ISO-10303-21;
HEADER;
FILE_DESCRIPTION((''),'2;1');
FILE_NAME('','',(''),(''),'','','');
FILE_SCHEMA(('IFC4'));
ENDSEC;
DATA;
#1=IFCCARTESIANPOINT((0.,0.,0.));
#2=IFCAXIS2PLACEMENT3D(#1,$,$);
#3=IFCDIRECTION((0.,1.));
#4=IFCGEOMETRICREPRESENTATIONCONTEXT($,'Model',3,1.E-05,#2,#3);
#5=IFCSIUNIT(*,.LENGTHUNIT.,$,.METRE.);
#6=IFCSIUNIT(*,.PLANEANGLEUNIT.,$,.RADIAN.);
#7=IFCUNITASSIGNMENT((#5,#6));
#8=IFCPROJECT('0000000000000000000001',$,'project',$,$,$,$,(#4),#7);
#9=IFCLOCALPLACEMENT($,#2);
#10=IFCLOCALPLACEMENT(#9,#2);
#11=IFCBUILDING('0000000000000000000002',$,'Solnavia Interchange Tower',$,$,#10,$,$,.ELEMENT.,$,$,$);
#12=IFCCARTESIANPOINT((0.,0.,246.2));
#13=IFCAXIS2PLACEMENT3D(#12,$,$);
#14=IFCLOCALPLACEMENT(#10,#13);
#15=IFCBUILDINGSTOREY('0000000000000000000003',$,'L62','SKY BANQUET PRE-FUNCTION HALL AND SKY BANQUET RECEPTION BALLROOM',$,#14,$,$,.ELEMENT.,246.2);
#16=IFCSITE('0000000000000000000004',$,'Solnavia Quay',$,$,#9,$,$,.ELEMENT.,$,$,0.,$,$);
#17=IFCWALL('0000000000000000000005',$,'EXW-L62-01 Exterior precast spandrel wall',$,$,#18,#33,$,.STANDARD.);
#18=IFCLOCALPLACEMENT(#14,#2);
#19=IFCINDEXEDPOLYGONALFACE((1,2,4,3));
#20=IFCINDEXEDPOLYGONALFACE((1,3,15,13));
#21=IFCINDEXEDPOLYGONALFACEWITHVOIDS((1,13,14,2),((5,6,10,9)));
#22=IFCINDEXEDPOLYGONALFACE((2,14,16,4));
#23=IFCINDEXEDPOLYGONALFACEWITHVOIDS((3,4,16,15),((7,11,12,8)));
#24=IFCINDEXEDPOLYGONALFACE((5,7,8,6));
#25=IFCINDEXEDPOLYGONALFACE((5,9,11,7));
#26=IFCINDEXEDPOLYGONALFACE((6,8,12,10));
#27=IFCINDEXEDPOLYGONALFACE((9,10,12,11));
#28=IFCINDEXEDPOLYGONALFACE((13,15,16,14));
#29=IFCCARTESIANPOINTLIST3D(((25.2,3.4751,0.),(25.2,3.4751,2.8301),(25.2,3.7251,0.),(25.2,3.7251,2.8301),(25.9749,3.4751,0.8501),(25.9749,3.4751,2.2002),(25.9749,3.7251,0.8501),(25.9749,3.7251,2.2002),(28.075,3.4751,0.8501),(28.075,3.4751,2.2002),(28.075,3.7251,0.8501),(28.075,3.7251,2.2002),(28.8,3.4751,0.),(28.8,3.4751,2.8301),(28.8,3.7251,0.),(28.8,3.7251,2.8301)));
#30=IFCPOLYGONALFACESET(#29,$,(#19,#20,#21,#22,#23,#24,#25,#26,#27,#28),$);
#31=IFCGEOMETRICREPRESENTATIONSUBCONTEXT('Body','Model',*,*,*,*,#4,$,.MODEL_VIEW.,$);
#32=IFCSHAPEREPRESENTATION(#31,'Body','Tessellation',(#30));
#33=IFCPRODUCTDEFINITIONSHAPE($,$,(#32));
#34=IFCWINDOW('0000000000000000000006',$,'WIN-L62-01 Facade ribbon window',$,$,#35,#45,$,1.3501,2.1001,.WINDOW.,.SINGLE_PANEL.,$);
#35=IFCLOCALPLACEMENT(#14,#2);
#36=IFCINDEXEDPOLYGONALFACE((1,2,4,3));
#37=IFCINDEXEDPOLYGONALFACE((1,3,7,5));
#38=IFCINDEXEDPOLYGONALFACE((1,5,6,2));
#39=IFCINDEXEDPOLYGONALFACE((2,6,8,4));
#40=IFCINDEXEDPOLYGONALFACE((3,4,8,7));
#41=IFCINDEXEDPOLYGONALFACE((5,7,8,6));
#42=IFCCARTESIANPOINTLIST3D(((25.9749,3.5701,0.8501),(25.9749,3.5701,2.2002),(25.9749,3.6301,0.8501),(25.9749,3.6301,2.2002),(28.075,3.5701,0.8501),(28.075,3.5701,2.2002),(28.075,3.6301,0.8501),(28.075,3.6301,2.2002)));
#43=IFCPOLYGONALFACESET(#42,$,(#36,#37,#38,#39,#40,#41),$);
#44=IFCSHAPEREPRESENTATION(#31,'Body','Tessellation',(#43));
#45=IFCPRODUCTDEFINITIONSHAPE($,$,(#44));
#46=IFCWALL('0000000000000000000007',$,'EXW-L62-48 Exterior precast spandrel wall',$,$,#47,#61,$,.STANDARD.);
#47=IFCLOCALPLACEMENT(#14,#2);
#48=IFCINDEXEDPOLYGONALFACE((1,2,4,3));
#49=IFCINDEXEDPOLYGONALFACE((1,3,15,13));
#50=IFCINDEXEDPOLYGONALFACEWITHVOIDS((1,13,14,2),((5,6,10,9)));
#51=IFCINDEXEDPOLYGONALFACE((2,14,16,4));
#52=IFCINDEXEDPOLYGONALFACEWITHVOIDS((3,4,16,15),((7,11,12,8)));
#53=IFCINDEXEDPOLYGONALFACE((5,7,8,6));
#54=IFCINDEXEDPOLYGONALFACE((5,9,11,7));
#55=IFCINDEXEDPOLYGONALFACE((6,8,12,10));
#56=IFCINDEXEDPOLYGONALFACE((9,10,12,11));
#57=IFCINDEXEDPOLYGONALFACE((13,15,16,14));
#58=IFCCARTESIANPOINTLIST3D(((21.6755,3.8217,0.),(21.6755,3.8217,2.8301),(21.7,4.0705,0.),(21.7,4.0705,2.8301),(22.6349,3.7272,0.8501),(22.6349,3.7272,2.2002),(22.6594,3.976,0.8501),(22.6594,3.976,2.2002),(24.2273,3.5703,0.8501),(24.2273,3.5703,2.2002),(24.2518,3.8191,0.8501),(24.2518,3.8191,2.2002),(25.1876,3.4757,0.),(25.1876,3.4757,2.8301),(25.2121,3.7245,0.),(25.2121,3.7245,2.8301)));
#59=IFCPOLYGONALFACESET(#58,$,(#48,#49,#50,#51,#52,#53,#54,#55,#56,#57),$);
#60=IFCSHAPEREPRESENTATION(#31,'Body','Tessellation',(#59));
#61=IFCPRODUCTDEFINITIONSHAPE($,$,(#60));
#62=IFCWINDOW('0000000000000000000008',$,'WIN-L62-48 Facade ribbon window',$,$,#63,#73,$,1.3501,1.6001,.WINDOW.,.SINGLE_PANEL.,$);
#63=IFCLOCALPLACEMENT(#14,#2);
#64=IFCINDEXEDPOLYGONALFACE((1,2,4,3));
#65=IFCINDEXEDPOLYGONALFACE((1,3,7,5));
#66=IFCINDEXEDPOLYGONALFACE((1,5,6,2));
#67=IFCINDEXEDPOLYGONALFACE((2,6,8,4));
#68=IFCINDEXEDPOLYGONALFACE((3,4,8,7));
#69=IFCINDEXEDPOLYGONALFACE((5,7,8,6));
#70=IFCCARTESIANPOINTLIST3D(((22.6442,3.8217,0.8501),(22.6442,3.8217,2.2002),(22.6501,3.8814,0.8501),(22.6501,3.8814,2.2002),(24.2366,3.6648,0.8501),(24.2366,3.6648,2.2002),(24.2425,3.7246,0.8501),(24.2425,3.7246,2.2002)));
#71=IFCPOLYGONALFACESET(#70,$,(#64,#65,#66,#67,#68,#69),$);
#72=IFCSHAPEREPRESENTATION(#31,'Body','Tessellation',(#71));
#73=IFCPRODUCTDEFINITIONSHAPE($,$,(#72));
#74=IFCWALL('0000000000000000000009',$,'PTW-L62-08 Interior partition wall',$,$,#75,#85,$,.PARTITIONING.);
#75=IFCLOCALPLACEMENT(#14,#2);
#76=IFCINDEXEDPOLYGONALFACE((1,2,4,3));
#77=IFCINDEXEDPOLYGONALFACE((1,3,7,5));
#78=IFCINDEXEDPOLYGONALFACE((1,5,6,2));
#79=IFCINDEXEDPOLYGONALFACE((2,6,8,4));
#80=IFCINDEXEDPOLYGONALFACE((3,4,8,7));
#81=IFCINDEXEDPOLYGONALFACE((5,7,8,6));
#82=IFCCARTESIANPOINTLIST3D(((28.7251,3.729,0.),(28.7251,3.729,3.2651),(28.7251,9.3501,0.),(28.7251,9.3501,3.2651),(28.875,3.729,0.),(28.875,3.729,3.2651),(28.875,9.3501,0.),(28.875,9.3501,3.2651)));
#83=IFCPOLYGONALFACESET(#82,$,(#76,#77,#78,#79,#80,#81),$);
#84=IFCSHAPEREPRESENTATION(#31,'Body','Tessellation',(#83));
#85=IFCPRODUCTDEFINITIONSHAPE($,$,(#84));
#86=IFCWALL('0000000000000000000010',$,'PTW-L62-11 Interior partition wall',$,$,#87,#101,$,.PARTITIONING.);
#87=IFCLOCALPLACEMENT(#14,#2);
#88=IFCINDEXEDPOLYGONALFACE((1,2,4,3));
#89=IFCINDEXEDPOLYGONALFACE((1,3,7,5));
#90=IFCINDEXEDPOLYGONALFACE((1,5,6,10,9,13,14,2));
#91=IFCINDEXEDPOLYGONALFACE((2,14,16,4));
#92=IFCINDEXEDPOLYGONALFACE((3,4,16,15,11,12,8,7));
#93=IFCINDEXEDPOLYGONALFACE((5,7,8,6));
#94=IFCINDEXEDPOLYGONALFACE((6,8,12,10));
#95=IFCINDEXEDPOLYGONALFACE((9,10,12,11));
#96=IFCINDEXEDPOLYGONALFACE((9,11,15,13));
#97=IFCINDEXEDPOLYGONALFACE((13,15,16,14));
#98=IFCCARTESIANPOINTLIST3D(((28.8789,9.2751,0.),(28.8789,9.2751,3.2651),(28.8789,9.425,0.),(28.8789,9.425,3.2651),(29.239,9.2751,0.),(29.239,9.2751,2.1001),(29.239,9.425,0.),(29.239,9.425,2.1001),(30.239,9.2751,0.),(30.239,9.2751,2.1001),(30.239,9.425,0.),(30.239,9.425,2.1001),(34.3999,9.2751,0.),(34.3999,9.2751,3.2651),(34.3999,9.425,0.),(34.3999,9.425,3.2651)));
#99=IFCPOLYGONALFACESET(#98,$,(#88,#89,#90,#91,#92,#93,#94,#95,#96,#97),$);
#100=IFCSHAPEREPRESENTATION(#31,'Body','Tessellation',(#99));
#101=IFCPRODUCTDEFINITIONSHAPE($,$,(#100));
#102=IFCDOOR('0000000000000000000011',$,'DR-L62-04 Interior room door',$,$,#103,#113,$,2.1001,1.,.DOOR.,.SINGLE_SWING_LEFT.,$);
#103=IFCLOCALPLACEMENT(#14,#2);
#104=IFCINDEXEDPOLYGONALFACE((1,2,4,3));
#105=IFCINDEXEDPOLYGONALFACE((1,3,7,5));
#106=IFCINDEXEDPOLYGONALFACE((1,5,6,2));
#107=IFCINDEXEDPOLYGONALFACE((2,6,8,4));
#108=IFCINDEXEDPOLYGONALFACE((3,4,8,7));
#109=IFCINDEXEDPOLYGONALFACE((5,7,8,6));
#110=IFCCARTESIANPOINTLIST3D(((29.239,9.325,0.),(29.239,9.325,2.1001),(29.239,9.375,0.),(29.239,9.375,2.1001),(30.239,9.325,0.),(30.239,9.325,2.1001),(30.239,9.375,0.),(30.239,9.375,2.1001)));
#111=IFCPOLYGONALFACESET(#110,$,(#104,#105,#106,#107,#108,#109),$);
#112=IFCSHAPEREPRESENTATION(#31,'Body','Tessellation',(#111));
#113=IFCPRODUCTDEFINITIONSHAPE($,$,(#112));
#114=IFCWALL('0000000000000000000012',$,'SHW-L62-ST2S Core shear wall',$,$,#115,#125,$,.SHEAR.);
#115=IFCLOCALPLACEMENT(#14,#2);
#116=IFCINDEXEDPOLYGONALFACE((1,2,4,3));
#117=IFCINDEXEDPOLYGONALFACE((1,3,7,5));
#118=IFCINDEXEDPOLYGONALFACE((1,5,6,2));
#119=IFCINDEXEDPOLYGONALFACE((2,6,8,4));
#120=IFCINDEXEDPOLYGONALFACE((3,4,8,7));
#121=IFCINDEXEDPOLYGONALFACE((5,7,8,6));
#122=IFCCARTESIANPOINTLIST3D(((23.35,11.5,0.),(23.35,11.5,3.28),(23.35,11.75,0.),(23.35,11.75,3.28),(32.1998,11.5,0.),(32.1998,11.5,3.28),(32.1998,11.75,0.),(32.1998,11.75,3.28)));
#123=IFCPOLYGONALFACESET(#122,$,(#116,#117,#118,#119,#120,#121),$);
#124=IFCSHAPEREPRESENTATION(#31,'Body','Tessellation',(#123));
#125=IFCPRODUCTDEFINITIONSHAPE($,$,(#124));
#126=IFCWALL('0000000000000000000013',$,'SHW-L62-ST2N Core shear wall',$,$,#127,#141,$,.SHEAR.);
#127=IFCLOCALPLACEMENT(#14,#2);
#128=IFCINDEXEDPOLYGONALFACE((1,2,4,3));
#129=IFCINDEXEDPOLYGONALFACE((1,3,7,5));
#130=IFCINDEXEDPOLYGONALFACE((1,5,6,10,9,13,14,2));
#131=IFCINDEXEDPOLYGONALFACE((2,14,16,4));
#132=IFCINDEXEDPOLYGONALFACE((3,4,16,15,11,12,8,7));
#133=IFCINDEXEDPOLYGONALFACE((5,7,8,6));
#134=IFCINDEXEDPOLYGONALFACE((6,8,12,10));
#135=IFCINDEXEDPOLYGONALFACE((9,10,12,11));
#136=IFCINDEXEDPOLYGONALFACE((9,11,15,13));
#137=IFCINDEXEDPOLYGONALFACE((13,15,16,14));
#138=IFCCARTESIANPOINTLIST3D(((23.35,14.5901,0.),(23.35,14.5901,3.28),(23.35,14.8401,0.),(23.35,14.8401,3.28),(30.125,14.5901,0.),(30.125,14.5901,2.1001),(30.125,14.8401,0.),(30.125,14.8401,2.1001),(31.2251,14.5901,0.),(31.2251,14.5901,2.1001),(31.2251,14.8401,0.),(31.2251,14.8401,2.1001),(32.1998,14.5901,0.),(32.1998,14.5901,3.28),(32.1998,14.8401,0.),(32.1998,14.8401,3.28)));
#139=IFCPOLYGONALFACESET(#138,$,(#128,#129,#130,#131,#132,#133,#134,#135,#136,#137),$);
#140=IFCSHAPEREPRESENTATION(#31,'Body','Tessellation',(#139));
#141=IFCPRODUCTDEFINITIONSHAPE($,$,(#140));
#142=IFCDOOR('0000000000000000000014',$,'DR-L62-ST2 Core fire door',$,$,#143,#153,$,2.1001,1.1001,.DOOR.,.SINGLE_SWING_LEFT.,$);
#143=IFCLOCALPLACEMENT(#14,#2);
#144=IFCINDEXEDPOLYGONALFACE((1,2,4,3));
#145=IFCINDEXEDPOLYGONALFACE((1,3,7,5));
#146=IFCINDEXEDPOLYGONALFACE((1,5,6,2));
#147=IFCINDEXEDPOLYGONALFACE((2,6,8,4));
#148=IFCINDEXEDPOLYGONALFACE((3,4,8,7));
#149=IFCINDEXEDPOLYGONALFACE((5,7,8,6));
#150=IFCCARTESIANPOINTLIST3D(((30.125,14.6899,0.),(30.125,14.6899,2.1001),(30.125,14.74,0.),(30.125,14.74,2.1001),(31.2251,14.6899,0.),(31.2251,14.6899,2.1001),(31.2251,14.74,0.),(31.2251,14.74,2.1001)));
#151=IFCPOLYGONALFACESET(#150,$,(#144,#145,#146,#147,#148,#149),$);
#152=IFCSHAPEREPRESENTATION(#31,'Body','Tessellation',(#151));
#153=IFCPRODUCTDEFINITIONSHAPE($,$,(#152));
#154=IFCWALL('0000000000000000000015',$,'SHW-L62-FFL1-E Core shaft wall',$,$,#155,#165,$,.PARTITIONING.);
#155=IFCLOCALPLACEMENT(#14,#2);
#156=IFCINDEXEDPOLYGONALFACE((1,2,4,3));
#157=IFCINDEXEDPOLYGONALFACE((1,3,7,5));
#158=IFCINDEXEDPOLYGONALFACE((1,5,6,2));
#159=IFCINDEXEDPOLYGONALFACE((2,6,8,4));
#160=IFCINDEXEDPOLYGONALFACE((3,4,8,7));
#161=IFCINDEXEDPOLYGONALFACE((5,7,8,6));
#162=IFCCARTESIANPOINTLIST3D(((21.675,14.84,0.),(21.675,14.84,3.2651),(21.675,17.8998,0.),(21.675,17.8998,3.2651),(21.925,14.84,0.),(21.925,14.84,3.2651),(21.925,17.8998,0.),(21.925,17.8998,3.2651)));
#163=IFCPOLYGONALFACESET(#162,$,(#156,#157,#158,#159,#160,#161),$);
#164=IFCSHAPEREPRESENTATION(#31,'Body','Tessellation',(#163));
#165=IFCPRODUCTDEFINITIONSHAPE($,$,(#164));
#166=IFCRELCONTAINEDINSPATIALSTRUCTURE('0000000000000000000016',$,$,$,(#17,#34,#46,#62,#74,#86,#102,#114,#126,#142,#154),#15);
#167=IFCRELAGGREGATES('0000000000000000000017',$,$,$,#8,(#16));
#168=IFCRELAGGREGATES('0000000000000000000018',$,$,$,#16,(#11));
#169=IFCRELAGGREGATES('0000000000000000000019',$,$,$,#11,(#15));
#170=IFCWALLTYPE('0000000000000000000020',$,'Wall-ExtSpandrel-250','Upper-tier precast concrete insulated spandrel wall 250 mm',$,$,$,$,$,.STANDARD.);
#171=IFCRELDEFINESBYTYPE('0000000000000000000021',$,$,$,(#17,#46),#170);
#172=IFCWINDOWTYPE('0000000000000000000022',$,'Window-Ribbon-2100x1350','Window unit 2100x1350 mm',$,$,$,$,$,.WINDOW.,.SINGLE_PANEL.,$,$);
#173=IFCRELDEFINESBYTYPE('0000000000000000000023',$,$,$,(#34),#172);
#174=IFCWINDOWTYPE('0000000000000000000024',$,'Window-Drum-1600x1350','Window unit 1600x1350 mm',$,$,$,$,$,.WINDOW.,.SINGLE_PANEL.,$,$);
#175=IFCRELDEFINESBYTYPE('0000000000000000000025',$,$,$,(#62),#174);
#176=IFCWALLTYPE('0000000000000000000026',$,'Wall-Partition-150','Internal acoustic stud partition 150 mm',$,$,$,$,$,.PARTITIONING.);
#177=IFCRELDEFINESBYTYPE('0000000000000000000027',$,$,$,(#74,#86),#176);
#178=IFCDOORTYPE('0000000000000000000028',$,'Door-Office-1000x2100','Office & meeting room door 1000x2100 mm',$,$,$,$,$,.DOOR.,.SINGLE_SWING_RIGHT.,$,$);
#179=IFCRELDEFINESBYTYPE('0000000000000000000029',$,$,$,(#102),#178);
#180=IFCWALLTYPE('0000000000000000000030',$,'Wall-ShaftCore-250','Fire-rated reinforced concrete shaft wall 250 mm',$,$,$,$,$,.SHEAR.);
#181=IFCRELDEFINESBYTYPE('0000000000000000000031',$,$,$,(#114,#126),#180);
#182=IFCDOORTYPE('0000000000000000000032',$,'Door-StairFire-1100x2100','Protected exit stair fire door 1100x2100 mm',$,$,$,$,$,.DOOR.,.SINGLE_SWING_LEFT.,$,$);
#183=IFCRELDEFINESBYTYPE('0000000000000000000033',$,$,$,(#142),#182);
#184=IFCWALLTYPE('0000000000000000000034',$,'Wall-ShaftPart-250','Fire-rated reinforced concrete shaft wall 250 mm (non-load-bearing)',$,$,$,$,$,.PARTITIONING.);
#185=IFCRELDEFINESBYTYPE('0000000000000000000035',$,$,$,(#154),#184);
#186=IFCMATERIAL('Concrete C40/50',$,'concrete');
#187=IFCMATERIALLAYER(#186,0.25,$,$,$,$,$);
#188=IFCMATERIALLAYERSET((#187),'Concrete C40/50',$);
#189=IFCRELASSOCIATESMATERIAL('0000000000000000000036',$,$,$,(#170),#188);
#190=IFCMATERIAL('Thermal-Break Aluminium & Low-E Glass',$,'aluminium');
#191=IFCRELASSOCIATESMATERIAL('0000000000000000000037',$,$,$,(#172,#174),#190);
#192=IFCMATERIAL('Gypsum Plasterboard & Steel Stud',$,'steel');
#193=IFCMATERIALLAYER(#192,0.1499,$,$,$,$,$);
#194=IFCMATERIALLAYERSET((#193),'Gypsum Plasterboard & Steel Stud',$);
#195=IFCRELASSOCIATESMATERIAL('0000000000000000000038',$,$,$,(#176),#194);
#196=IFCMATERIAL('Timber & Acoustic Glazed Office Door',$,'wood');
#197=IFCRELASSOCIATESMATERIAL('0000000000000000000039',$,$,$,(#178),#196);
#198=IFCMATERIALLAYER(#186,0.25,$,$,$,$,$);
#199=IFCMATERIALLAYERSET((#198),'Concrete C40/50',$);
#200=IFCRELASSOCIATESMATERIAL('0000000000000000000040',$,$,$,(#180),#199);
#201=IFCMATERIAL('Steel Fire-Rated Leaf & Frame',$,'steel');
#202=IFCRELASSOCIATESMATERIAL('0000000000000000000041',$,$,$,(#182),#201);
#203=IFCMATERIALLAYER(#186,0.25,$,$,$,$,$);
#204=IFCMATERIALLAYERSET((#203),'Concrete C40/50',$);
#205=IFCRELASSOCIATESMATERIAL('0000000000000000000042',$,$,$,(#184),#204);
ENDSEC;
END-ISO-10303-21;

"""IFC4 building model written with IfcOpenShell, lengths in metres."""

from ifc_helpers import new_model, si_unit, direction, frame, frame_2d, origin, place, context, subcontext, project, spatial, rectangle, extrude, material, layer, layer_set, type_object, element, fill, save


model = new_model("IFC4")

# Units and contexts
model_context = context("Model", 3, precision=1e-05, world=origin(), true_north=direction((0.0, 1.0)))
body_context = subcontext(model_context, "Body", "Model", "MODEL_VIEW")
ifc_project = project(units=[si_unit("LENGTHUNIT", "METRE"), si_unit("PLANEANGLEUNIT", "RADIAN")], contexts=[model_context])

# Site, building, storey
site_placement = place(None, origin())
site = spatial("IfcSite", under=ifc_project, at=site_placement, Name="Solnavia Quay", CompositionType="ELEMENT", RefElevation=0.0)
building_placement = place(site_placement, origin())
building = spatial("IfcBuilding", under=site, at=building_placement, Name="Solnavia Interchange Tower", CompositionType="ELEMENT")
storey_placement = place(building_placement, frame((0.0, 0.0, 246.2)))
storey = spatial("IfcBuildingStorey", under=building, at=storey_placement, Name="L62", Description="SKY BANQUET PRE-FUNCTION HALL AND SKY BANQUET RECEPTION BALLROOM", CompositionType="ELEMENT", Elevation=246.2)

# Walls, openings, windows
ifc_material_1 = material(Name="Concrete C40/50", Category="concrete")
ifc_layer_1 = layer(ifc_material_1, 0.25)
ifc_layer_set_1 = layer_set([ifc_layer_1], Name="Concrete C40/50")
wall_type_1 = type_object("IfcWallType", Name="Wall-ExtSpandrel-250", Description="Upper-tier precast concrete insulated spandrel wall 250 mm", PredefinedType="STANDARD", material=ifc_layer_set_1)
wall_1_placement = place(storey_placement, frame((28.8, 3.6001, 0.0), z_axis=(0.0, 0.0, 1.0), x_axis=(-1.0, 0.0, 0.0)))
wall_1 = element("IfcWall", 1, at=wall_1_placement, inside=storey, type_object=wall_type_1, Name="EXW-L62-01 Exterior precast spandrel wall", PredefinedType="STANDARD", context=body_context, shape_type="SweptSolid", body=[
    extrude(rectangle(XDim=3.6001, YDim=0.25, at=frame_2d((1.8, 0.0))), origin(), (0.0, 0.0, 1.0), 2.8301),
])
opening_1_placement = place(wall_1_placement, frame((0.7251, 0.0, 0.8501)))
opening_1 = element("IfcOpeningElement", 2, at=opening_1_placement, cuts=wall_1, PredefinedType="OPENING", context=body_context, shape_type="SweptSolid", body=[
    extrude(rectangle(XDim=2.1001, YDim=1.3501, at=frame_2d((1.05, 0.675))), frame((0.0, 0.135, 0.0), z_axis=(0.0, -1.0, 0.0), x_axis=(1.0, 0.0, 0.0)), (0.0, 0.0, 1.0), 0.27),
])
ifc_material_2 = material(Name="Thermal-Break Aluminium & Low-E Glass", Category="aluminium")
window_type_1 = type_object("IfcWindowType", Name="Window-Ribbon-2100x1350", Description="Window unit 2100x1350 mm", PartitioningType="SINGLE_PANEL", PredefinedType="WINDOW", material=ifc_material_2)
window_1_placement = place(opening_1_placement, origin())
window_1 = element("IfcWindow", 3, at=window_1_placement, inside=storey, type_object=window_type_1, Name="WIN-L62-01 Facade ribbon window", OverallHeight=1.3501, OverallWidth=2.1001, PartitioningType="SINGLE_PANEL", PredefinedType="WINDOW", context=body_context, shape_type="SweptSolid", body=[
    extrude(rectangle(XDim=2.1001, YDim=1.3501, at=frame_2d((1.05, 0.675))), frame((0.0, 0.03, 0.0), z_axis=(0.0, -1.0, 0.0), x_axis=(1.0, 0.0, 0.0)), (0.0, 0.0, 1.0), 0.0601),
])
fill(opening_1, window_1)
wall_2_placement = place(storey_placement, frame((25.2, 3.6001, 0.0), z_axis=(0.0, 0.0, 1.0), x_axis=(-0.995183, 0.098031, 0.0)))
wall_2 = element("IfcWall", 4, at=wall_2_placement, inside=storey, type_object=wall_type_1, Name="EXW-L62-48 Exterior precast spandrel wall", PredefinedType="STANDARD", context=body_context, shape_type="SweptSolid", body=[
    extrude(rectangle(XDim=3.5291, YDim=0.25, at=frame_2d((1.7646, 0.0))), origin(), (0.0, 0.0, 1.0), 2.8301),
])
opening_2_placement = place(wall_2_placement, frame((0.9651, 0.0, 0.8501)))
opening_2 = element("IfcOpeningElement", 5, at=opening_2_placement, cuts=wall_2, PredefinedType="OPENING", context=body_context, shape_type="SweptSolid", body=[
    extrude(rectangle(XDim=1.6001, YDim=1.3501, at=frame_2d((0.8, 0.675))), frame((0.0, 0.135, 0.0), z_axis=(0.0, -1.0, 0.0), x_axis=(1.0, 0.0, 0.0)), (0.0, 0.0, 1.0), 0.27),
])
window_type_2 = type_object("IfcWindowType", Name="Window-Drum-1600x1350", Description="Window unit 1600x1350 mm", PartitioningType="SINGLE_PANEL", PredefinedType="WINDOW", material=ifc_material_2)
window_2_placement = place(opening_2_placement, origin())
window_2 = element("IfcWindow", 6, at=window_2_placement, inside=storey, type_object=window_type_2, Name="WIN-L62-48 Facade ribbon window", OverallHeight=1.3501, OverallWidth=1.6001, PartitioningType="SINGLE_PANEL", PredefinedType="WINDOW", context=body_context, shape_type="SweptSolid", body=[
    extrude(rectangle(XDim=1.6001, YDim=1.3501, at=frame_2d((0.8, 0.675))), frame((0.0, 0.03, 0.0), z_axis=(0.0, -1.0, 0.0), x_axis=(1.0, 0.0, 0.0)), (0.0, 0.0, 1.0), 0.0601),
])
fill(opening_2, window_2)

# Wall
ifc_material_3 = material(Name="Gypsum Plasterboard & Steel Stud", Category="steel")
ifc_layer_2 = layer(ifc_material_3, 0.1499)
ifc_layer_set_2 = layer_set([ifc_layer_2], Name="Gypsum Plasterboard & Steel Stud")
wall_type_2 = type_object("IfcWallType", Name="Wall-Partition-150", Description="Internal acoustic stud partition 150 mm", PredefinedType="PARTITIONING", material=ifc_layer_set_2)
wall_3_placement = place(storey_placement, frame((28.8, 9.3501, 0.0), z_axis=(0.0, 0.0, 1.0), x_axis=(0.0, -1.0, 0.0)))
element("IfcWall", 7, at=wall_3_placement, inside=storey, type_object=wall_type_2, Name="PTW-L62-08 Interior partition wall", PredefinedType="PARTITIONING", context=body_context, shape_type="SweptSolid", body=[
    extrude(rectangle(XDim=5.6211, YDim=0.1499, at=frame_2d((2.8105, 0.0))), origin(), (0.0, 0.0, 1.0), 3.2651),
])

# Wall, opening, door
wall_4_placement = place(storey_placement, frame((28.8789, 9.3501, 0.0), z_axis=(0.0, 0.0, 1.0), x_axis=(1.0, 0.0, 0.0)))
wall_4 = element("IfcWall", 8, at=wall_4_placement, inside=storey, type_object=wall_type_2, Name="PTW-L62-11 Interior partition wall", PredefinedType="PARTITIONING", context=body_context, shape_type="SweptSolid", body=[
    extrude(rectangle(XDim=5.521, YDim=0.1499, at=frame_2d((2.7605, 0.0))), origin(), (0.0, 0.0, 1.0), 3.2651),
])
opening_3_placement = place(wall_4_placement, frame((0.3601, 0.0, 0.0)))
opening_3 = element("IfcOpeningElement", 9, at=opening_3_placement, cuts=wall_4, PredefinedType="OPENING", context=body_context, shape_type="SweptSolid", body=[
    extrude(rectangle(XDim=1.0, YDim=2.1001, at=frame_2d((0.5, 1.05))), frame((0.0, 0.085, 0.0), z_axis=(0.0, -1.0, 0.0), x_axis=(1.0, 0.0, 0.0)), (0.0, 0.0, 1.0), 0.1699),
])
ifc_material_4 = material(Name="Timber & Acoustic Glazed Office Door", Category="wood")
door_type_1 = type_object("IfcDoorType", Name="Door-Office-1000x2100", Description="Office & meeting room door 1000x2100 mm", OperationType="SINGLE_SWING_RIGHT", PredefinedType="DOOR", material=ifc_material_4)
door_1_placement = place(opening_3_placement, origin())
door_1 = element("IfcDoor", 10, at=door_1_placement, inside=storey, type_object=door_type_1, Name="DR-L62-04 Interior room door", OperationType="SINGLE_SWING_LEFT", OverallHeight=2.1001, OverallWidth=1.0, PredefinedType="DOOR", context=body_context, shape_type="SweptSolid", body=[
    extrude(rectangle(XDim=1.0, YDim=2.1001, at=frame_2d((0.5, 1.05))), frame((0.0, 0.0249, 0.0), z_axis=(0.0, -1.0, 0.0), x_axis=(1.0, 0.0, 0.0)), (0.0, 0.0, 1.0), 0.05),
])
fill(opening_3, door_1)

# Wall
ifc_layer_3 = layer(ifc_material_1, 0.25)
ifc_layer_set_3 = layer_set([ifc_layer_3], Name="Concrete C40/50")
wall_type_3 = type_object("IfcWallType", Name="Wall-ShaftCore-250", Description="Fire-rated reinforced concrete shaft wall 250 mm", PredefinedType="SHEAR", material=ifc_layer_set_3)
wall_5_placement = place(storey_placement, frame((23.3501, 11.625, 0.0), z_axis=(0.0, 0.0, 1.0), x_axis=(1.0, 0.0, 0.0)))
element("IfcWall", 11, at=wall_5_placement, inside=storey, type_object=wall_type_3, Name="SHW-L62-ST2S Core shear wall", PredefinedType="SHEAR", context=body_context, shape_type="SweptSolid", body=[
    extrude(rectangle(XDim=8.8499, YDim=0.25, at=frame_2d((4.4248, 0.0))), origin(), (0.0, 0.0, 1.0), 3.28),
])

# Wall, opening, door
wall_6_placement = place(storey_placement, frame((23.3501, 14.7151, 0.0), z_axis=(0.0, 0.0, 1.0), x_axis=(1.0, 0.0, 0.0)))
wall_6 = element("IfcWall", 12, at=wall_6_placement, inside=storey, type_object=wall_type_3, Name="SHW-L62-ST2N Core shear wall", PredefinedType="SHEAR", context=body_context, shape_type="SweptSolid", body=[
    extrude(rectangle(XDim=8.8499, YDim=0.25, at=frame_2d((4.4248, 0.0))), origin(), (0.0, 0.0, 1.0), 3.28),
])
opening_4_placement = place(wall_6_placement, frame((6.7749, 0.0, 0.0)))
opening_4 = element("IfcOpeningElement", 13, at=opening_4_placement, cuts=wall_6, PredefinedType="OPENING", context=body_context, shape_type="SweptSolid", body=[
    extrude(rectangle(XDim=1.1001, YDim=2.1001, at=frame_2d((0.55, 1.05))), frame((0.0, 0.135, 0.0), z_axis=(0.0, -1.0, 0.0), x_axis=(1.0, 0.0, 0.0)), (0.0, 0.0, 1.0), 0.27),
])
ifc_material_5 = material(Name="Steel Fire-Rated Leaf & Frame", Category="steel")
door_type_2 = type_object("IfcDoorType", Name="Door-StairFire-1100x2100", Description="Protected exit stair fire door 1100x2100 mm", OperationType="SINGLE_SWING_LEFT", PredefinedType="DOOR", material=ifc_material_5)
door_2_placement = place(opening_4_placement, origin())
door_2 = element("IfcDoor", 14, at=door_2_placement, inside=storey, type_object=door_type_2, Name="DR-L62-ST2 Core fire door", OperationType="SINGLE_SWING_LEFT", OverallHeight=2.1001, OverallWidth=1.1001, PredefinedType="DOOR", context=body_context, shape_type="SweptSolid", body=[
    extrude(rectangle(XDim=1.1001, YDim=2.1001, at=frame_2d((0.55, 1.05))), frame((0.0, 0.0249, 0.0), z_axis=(0.0, -1.0, 0.0), x_axis=(1.0, 0.0, 0.0)), (0.0, 0.0, 1.0), 0.05),
])
fill(opening_4, door_2)

# Wall
ifc_layer_4 = layer(ifc_material_1, 0.25)
ifc_layer_set_4 = layer_set([ifc_layer_4], Name="Concrete C40/50")
wall_type_4 = type_object("IfcWallType", Name="Wall-ShaftPart-250", Description="Fire-rated reinforced concrete shaft wall 250 mm (non-load-bearing)", PredefinedType="PARTITIONING", material=ifc_layer_set_4)
for number, where, z_axis, x_axis, name in (
    (15, (21.8, 14.8401, 0.0), (0.0, 0.0, 1.0), (0.0, 1.0, 0.0), "SHW-L62-FFL1-E Core shaft wall"),
):
    element("IfcWall", number, at=place(storey_placement, frame(where, z_axis=z_axis, x_axis=x_axis)), inside=storey, type_object=wall_type_4, Name=name, PredefinedType="PARTITIONING", context=body_context, shape_type="SweptSolid", body=[
        extrude(rectangle(XDim=3.0598, YDim=0.25, at=frame_2d((1.5298, 0.0))), origin(), (0.0, 0.0, 1.0), 3.2651),
    ])

save(model, "model.ifc")
